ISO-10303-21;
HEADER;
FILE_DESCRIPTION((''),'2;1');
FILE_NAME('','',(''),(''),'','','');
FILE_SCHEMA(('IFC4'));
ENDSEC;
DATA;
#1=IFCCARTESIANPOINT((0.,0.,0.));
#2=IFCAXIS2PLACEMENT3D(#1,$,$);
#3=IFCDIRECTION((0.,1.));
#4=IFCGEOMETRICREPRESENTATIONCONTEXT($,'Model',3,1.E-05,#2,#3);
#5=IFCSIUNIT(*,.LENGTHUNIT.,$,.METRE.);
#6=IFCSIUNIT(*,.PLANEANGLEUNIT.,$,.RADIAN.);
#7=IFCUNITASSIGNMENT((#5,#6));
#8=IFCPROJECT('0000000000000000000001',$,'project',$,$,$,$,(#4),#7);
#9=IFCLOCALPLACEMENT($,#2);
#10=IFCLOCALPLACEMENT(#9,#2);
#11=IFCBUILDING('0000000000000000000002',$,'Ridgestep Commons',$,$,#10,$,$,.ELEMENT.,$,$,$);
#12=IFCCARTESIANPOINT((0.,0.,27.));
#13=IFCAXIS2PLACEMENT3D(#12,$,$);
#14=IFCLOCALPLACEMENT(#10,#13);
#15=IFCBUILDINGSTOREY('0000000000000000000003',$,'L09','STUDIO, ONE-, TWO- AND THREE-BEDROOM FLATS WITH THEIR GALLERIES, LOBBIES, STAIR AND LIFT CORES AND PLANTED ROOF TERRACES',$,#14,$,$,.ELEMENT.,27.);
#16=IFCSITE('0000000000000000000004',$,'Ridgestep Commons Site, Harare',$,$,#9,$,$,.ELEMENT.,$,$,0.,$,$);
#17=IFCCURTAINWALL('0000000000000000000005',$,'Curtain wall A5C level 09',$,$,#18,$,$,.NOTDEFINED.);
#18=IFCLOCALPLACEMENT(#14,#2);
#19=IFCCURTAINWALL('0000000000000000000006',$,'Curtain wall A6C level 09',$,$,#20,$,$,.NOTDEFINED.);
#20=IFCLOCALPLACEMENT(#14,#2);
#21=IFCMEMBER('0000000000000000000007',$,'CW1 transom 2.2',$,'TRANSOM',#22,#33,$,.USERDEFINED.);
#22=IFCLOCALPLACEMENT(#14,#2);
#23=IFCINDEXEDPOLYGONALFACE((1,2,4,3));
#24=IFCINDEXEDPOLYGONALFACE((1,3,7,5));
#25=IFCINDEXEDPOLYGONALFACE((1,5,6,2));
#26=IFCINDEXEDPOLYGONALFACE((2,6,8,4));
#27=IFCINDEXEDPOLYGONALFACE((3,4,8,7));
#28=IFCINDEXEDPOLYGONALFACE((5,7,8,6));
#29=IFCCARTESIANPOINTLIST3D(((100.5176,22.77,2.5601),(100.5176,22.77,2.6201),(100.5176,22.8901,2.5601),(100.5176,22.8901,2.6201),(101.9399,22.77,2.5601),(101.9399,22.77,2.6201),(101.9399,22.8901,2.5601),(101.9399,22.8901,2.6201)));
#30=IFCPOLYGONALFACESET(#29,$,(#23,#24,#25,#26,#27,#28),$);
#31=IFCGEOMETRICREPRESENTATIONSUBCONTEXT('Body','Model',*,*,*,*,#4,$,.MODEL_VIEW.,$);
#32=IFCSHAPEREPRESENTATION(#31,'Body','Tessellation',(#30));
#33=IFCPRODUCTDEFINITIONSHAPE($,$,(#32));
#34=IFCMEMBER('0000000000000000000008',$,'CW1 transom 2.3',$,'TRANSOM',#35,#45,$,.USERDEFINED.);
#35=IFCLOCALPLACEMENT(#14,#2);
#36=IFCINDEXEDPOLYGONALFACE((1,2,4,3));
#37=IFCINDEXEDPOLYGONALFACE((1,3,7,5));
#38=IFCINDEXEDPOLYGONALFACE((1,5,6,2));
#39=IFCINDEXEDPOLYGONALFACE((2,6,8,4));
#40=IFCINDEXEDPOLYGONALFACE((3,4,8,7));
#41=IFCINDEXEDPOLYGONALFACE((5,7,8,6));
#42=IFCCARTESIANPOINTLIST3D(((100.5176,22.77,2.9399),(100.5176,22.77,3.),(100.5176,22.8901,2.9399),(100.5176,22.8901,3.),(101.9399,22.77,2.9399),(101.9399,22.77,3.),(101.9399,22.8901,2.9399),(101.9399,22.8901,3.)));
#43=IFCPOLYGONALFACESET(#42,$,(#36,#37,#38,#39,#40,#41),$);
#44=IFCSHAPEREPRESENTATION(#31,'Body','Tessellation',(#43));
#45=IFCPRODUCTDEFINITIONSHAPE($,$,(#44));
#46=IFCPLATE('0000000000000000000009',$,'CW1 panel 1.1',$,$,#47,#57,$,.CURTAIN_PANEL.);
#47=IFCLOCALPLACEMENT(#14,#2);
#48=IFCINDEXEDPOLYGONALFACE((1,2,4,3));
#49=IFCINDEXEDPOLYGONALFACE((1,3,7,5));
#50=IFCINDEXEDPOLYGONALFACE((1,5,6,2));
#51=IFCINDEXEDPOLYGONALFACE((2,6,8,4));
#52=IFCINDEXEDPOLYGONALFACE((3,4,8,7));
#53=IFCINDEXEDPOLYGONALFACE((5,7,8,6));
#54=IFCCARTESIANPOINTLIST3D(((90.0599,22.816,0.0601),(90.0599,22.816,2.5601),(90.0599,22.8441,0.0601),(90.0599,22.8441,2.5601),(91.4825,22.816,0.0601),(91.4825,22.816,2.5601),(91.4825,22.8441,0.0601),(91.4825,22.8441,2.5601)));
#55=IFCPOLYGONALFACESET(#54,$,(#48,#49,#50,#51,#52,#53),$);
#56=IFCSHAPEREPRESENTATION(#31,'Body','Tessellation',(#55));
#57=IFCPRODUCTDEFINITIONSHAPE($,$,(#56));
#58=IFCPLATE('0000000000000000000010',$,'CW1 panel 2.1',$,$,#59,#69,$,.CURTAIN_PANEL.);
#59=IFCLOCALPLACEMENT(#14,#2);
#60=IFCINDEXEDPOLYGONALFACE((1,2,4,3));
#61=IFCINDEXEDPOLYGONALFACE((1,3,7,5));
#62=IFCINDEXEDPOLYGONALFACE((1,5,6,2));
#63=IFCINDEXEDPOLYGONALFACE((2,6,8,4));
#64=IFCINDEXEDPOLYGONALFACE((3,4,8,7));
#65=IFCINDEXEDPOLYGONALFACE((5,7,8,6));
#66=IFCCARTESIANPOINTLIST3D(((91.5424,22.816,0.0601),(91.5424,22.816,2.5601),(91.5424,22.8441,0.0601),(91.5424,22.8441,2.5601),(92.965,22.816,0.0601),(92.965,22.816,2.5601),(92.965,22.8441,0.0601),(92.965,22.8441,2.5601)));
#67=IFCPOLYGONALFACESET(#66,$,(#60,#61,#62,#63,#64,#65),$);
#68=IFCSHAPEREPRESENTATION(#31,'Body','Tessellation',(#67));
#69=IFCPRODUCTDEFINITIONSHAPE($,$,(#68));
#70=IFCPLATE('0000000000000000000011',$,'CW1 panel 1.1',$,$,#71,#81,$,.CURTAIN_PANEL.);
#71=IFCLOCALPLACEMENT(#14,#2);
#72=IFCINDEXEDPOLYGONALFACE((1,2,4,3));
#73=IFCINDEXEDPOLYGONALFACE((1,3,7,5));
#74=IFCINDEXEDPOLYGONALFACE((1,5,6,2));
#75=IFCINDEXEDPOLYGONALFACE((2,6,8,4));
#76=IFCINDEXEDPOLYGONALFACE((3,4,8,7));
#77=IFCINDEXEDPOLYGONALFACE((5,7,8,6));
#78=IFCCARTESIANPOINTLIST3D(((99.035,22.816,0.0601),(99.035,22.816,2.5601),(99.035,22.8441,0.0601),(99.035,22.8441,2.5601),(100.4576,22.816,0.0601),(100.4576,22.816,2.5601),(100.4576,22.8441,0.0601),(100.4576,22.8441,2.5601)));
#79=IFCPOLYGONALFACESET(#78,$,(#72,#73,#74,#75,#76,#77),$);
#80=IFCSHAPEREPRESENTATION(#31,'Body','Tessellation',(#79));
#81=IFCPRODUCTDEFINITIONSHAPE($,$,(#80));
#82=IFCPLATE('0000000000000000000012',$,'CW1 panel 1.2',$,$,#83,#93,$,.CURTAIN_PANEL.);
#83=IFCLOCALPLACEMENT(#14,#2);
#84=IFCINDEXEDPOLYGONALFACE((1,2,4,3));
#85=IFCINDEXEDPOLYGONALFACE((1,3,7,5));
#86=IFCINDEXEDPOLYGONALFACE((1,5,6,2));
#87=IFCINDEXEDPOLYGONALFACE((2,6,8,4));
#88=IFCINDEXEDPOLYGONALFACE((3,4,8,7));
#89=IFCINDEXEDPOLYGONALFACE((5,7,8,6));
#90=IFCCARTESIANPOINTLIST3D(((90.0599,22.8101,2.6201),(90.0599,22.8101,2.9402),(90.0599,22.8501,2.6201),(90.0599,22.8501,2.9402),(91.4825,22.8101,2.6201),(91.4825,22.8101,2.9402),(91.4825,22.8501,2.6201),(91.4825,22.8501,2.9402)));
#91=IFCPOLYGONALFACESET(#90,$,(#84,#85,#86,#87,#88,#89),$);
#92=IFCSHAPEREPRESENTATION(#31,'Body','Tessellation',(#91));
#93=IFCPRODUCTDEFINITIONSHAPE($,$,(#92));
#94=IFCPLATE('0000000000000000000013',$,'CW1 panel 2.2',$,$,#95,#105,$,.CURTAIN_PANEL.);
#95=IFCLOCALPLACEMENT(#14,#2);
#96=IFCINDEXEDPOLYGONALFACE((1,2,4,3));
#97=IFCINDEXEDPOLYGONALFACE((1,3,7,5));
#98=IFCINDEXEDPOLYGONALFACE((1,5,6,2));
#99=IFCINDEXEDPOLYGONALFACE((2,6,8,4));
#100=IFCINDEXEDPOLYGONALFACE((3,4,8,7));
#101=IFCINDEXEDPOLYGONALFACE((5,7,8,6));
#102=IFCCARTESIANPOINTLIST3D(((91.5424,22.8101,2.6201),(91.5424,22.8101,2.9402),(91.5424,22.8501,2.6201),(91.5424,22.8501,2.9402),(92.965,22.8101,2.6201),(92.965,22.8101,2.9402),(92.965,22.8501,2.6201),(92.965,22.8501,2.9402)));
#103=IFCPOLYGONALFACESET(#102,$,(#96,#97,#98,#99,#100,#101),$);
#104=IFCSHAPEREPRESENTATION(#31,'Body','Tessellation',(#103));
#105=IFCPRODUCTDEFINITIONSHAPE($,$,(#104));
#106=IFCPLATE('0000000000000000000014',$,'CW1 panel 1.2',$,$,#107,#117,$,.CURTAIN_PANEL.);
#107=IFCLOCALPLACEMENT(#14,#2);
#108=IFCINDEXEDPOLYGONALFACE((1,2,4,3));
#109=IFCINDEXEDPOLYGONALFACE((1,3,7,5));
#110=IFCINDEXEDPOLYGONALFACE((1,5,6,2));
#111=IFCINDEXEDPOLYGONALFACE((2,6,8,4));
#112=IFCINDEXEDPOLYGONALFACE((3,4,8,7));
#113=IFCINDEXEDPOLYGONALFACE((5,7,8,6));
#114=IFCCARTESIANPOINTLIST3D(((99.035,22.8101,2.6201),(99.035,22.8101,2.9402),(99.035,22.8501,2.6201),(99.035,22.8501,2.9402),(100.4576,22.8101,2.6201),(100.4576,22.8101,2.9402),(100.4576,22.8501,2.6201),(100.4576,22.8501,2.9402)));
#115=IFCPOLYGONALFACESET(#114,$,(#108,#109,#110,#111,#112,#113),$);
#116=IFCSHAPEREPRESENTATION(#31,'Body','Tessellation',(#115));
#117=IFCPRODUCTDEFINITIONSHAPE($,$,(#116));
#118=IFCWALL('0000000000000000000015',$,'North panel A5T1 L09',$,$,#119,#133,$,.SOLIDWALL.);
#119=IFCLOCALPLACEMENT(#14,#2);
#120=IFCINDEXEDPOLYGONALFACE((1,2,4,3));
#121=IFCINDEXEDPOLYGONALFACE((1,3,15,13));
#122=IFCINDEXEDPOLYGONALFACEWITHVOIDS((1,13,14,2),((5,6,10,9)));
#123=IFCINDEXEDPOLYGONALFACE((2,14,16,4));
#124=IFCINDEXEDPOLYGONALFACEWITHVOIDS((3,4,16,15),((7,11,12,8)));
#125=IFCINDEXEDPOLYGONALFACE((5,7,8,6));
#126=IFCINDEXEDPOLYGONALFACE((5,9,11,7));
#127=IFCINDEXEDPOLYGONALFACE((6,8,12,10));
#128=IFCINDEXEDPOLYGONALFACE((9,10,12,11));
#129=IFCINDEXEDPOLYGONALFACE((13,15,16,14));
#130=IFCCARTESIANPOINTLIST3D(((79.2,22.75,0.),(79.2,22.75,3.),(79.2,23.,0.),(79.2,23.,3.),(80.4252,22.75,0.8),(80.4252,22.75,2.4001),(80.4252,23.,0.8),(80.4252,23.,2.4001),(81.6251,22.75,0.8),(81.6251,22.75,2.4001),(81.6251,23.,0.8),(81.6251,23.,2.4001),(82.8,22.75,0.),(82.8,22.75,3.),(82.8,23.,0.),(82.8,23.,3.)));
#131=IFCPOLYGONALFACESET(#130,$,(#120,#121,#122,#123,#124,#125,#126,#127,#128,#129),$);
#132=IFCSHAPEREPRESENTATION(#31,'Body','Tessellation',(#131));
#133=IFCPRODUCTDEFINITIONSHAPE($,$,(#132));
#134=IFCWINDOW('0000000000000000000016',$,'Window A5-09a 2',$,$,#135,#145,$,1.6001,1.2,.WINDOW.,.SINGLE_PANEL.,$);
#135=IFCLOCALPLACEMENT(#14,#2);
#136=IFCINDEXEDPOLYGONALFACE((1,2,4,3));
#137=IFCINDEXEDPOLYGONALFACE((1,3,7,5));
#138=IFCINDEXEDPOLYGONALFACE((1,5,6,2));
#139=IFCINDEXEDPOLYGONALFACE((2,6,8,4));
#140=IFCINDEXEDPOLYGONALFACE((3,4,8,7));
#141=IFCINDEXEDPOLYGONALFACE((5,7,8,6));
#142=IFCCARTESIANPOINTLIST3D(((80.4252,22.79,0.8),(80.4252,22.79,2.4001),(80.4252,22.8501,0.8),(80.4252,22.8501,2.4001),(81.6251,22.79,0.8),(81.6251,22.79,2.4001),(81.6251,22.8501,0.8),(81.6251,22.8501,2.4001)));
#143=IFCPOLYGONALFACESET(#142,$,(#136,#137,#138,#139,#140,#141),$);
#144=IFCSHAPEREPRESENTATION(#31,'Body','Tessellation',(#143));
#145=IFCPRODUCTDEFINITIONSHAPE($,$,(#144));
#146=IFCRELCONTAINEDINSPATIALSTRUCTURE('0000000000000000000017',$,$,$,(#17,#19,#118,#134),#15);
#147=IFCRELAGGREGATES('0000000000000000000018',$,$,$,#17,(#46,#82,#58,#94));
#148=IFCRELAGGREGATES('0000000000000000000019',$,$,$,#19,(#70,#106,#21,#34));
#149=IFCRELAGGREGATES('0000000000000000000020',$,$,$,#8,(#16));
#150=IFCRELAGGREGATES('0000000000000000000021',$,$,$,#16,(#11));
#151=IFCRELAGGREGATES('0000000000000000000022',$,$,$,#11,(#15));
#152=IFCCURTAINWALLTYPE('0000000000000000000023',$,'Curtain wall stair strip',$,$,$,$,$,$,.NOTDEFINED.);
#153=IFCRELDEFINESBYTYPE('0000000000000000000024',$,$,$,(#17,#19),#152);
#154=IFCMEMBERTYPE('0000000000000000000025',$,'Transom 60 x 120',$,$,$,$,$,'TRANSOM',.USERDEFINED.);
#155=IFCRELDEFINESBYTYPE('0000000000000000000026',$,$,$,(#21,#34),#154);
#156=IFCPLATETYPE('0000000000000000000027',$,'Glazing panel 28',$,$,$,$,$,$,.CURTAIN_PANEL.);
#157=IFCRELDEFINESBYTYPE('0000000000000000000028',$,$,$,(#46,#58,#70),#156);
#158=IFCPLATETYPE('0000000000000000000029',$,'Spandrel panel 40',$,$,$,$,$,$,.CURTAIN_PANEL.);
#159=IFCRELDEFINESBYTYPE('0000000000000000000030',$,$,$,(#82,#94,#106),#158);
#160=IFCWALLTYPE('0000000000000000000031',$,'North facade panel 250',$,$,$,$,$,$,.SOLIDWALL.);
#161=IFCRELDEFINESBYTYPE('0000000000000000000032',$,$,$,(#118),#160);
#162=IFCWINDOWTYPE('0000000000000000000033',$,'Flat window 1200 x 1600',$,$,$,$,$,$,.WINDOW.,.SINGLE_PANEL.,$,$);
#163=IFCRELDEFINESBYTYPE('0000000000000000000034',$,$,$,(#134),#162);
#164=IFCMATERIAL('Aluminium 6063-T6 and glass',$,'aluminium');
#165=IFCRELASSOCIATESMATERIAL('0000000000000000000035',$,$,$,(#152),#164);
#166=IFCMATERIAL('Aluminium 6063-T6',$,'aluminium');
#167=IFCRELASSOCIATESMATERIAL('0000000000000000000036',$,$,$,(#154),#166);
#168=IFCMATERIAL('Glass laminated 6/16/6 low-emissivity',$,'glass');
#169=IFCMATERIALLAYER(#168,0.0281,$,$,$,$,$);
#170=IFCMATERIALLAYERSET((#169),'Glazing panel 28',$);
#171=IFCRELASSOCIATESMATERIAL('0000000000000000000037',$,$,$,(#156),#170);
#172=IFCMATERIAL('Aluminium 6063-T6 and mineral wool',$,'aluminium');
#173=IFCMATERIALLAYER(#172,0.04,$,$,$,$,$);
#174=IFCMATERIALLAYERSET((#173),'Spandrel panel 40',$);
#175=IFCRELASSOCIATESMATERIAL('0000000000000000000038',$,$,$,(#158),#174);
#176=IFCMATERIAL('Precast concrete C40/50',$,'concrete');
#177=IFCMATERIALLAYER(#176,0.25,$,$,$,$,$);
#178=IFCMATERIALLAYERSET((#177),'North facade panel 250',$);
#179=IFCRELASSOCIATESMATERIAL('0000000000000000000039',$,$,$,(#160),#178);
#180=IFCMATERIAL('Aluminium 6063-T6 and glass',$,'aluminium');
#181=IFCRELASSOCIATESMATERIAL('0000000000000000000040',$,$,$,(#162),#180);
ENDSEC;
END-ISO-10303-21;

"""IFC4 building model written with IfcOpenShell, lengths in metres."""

from ifc_helpers import new_model, si_unit, direction, frame, frame_2d, origin, origin_2d, place, context, subcontext, project, spatial, rectangle, extrude, material, layer, layer_set, material_profile, profile_set, type_object, element, fill, aggregate, save


model = new_model("IFC4")

# Units and contexts
model_context = context("Model", 3, precision=1e-05, world=origin(), true_north=direction((0.0, 1.0)))
body_context = subcontext(model_context, "Body", "Model", "MODEL_VIEW")
ifc_project = project(units=[si_unit("LENGTHUNIT", "METRE"), si_unit("PLANEANGLEUNIT", "RADIAN")], contexts=[model_context])

# Site, building, storey
site_placement = place(None, origin())
site = spatial("IfcSite", under=ifc_project, at=site_placement, Name="Ridgestep Commons Site, Harare", CompositionType="ELEMENT", RefElevation=0.0)
building_placement = place(site_placement, origin())
building = spatial("IfcBuilding", under=site, at=building_placement, Name="Ridgestep Commons", CompositionType="ELEMENT")
storey_placement = place(building_placement, frame((0.0, 0.0, 27.0)))
storey = spatial("IfcBuildingStorey", under=building, at=storey_placement, Name="L09", Description="STUDIO, ONE-, TWO- AND THREE-BEDROOM FLATS WITH THEIR GALLERIES, LOBBIES, STAIR AND LIFT CORES AND PLANTED ROOF TERRACES", CompositionType="ELEMENT", Elevation=27.0)

# Curtain walls
ifc_material_1 = material(Name="Aluminium 6063-T6 and glass", Category="aluminium")
curtain_wall_type = type_object("IfcCurtainWallType", Name="Curtain wall stair strip", PredefinedType="NOTDEFINED", material=ifc_material_1)
curtain_wall_1_placement = place(storey_placement, origin())
curtain_wall_1 = element("IfcCurtainWall", 1, at=curtain_wall_1_placement, inside=storey, type_object=curtain_wall_type, Name="Curtain wall A5C level 09", PredefinedType="NOTDEFINED")
curtain_wall_2_placement = place(storey_placement, origin())
curtain_wall_2 = element("IfcCurtainWall", 2, at=curtain_wall_2_placement, inside=storey, type_object=curtain_wall_type, Name="Curtain wall A6C level 09", PredefinedType="NOTDEFINED")

# Members
ifc_material_2 = material(Name="Aluminium 6063-T6", Category="aluminium")
ifc_material_profile_1 = material_profile(ifc_material_2, rectangle(XDim=0.1201, YDim=0.0601, at=origin_2d()), Name="Transom 60 x 120")
ifc_profile_set_1 = profile_set([ifc_material_profile_1], Name="Aluminium 6063-T6")
member_type_1 = type_object("IfcMemberType", Name="Transom 60 x 120", ElementType="TRANSOM", PredefinedType="USERDEFINED", material=ifc_profile_set_1)
member_1_placement = place(storey_placement, frame((100.5176, 22.8301, 2.5901), z_axis=(1.0, 0.0, 0.0), x_axis=(0.0, 1.0, 0.0)))
member_1 = element("IfcMember", 3, at=member_1_placement, type_object=member_type_1, Name="CW1 transom 2.2", ObjectType="TRANSOM", PredefinedType="USERDEFINED", context=body_context, shape_type="SweptSolid", body=[
    extrude(rectangle(XDim=0.1201, YDim=0.0601, at=origin_2d()), origin(), (0.0, 0.0, 1.0), 1.4224),
])
member_2_placement = place(storey_placement, frame((100.5176, 22.8301, 2.97), z_axis=(1.0, 0.0, 0.0), x_axis=(0.0, 1.0, 0.0)))
member_2 = element("IfcMember", 4, at=member_2_placement, type_object=member_type_1, Name="CW1 transom 2.3", ObjectType="TRANSOM", PredefinedType="USERDEFINED", context=body_context, shape_type="SweptSolid", body=[
    extrude(rectangle(XDim=0.1201, YDim=0.0601, at=origin_2d()), origin(), (0.0, 0.0, 1.0), 1.4224),
])

# Plates
ifc_material_3 = material(Name="Glass laminated 6/16/6 low-emissivity", Category="glass")
ifc_layer_1 = layer(ifc_material_3, 0.0281)
ifc_layer_set_1 = layer_set([ifc_layer_1], Name="Glazing panel 28")
plate_type_1 = type_object("IfcPlateType", Name="Glazing panel 28", PredefinedType="CURTAIN_PANEL", material=ifc_layer_set_1)
plate_1_placement = place(storey_placement, frame((90.7712, 22.8301, 0.0601), z_axis=(0.0, 0.0, 1.0), x_axis=(1.0, 0.0, 0.0)))
plate_1 = element("IfcPlate", 5, at=plate_1_placement, type_object=plate_type_1, Name="CW1 panel 1.1", PredefinedType="CURTAIN_PANEL", context=body_context, shape_type="SweptSolid", body=[
    extrude(rectangle(XDim=1.4226, YDim=0.0281, at=origin_2d()), origin(), (0.0, 0.0, 1.0), 2.5),
])
plate_2_placement = place(storey_placement, frame((92.2537, 22.8301, 0.0601), z_axis=(0.0, 0.0, 1.0), x_axis=(1.0, 0.0, 0.0)))
plate_2 = element("IfcPlate", 6, at=plate_2_placement, type_object=plate_type_1, Name="CW1 panel 2.1", PredefinedType="CURTAIN_PANEL", context=body_context, shape_type="SweptSolid", body=[
    extrude(rectangle(XDim=1.4226, YDim=0.0281, at=origin_2d()), origin(), (0.0, 0.0, 1.0), 2.5),
])
plate_3_placement = place(storey_placement, frame((99.7463, 22.8301, 0.0601), z_axis=(0.0, 0.0, 1.0), x_axis=(1.0, 0.0, 0.0)))
plate_3 = element("IfcPlate", 7, at=plate_3_placement, type_object=plate_type_1, Name="CW1 panel 1.1", PredefinedType="CURTAIN_PANEL", context=body_context, shape_type="SweptSolid", body=[
    extrude(rectangle(XDim=1.4226, YDim=0.0281, at=origin_2d()), origin(), (0.0, 0.0, 1.0), 2.5),
])
ifc_material_4 = material(Name="Aluminium 6063-T6 and mineral wool", Category="aluminium")
ifc_layer_2 = layer(ifc_material_4, 0.04)
ifc_layer_set_2 = layer_set([ifc_layer_2], Name="Spandrel panel 40")
plate_type_2 = type_object("IfcPlateType", Name="Spandrel panel 40", PredefinedType="CURTAIN_PANEL", material=ifc_layer_set_2)
plate_4_placement = place(storey_placement, frame((90.7712, 22.8301, 2.6201), z_axis=(0.0, 0.0, 1.0), x_axis=(1.0, 0.0, 0.0)))
plate_4 = element("IfcPlate", 8, at=plate_4_placement, type_object=plate_type_2, Name="CW1 panel 1.2", PredefinedType="CURTAIN_PANEL", context=body_context, shape_type="SweptSolid", body=[
    extrude(rectangle(XDim=1.4226, YDim=0.04, at=origin_2d()), origin(), (0.0, 0.0, 1.0), 0.3201),
])
plate_5_placement = place(storey_placement, frame((92.2537, 22.8301, 2.6201), z_axis=(0.0, 0.0, 1.0), x_axis=(1.0, 0.0, 0.0)))
plate_5 = element("IfcPlate", 9, at=plate_5_placement, type_object=plate_type_2, Name="CW1 panel 2.2", PredefinedType="CURTAIN_PANEL", context=body_context, shape_type="SweptSolid", body=[
    extrude(rectangle(XDim=1.4226, YDim=0.04, at=origin_2d()), origin(), (0.0, 0.0, 1.0), 0.3201),
])
aggregate(curtain_wall_1, [plate_1, plate_4, plate_2, plate_5])
plate_6_placement = place(storey_placement, frame((99.7463, 22.8301, 2.6201), z_axis=(0.0, 0.0, 1.0), x_axis=(1.0, 0.0, 0.0)))
plate_6 = element("IfcPlate", 10, at=plate_6_placement, type_object=plate_type_2, Name="CW1 panel 1.2", PredefinedType="CURTAIN_PANEL", context=body_context, shape_type="SweptSolid", body=[
    extrude(rectangle(XDim=1.4226, YDim=0.04, at=origin_2d()), origin(), (0.0, 0.0, 1.0), 0.3201),
])
aggregate(curtain_wall_2, [plate_3, plate_6, member_1, member_2])

# Wall, opening, window
ifc_material_5 = material(Name="Precast concrete C40/50", Category="concrete")
ifc_layer_3 = layer(ifc_material_5, 0.25)
ifc_layer_set_3 = layer_set([ifc_layer_3], Name="North facade panel 250")
wall_type = type_object("IfcWallType", Name="North facade panel 250", PredefinedType="SOLIDWALL", material=ifc_layer_set_3)
wall_placement = place(storey_placement, frame((79.2, 22.875, 0.0), z_axis=(0.0, 0.0, 1.0), x_axis=(1.0, 0.0, 0.0)))
wall = element("IfcWall", 11, at=wall_placement, inside=storey, type_object=wall_type, Name="North panel A5T1 L09", PredefinedType="SOLIDWALL", context=body_context, shape_type="SweptSolid", body=[
    extrude(rectangle(XDim=3.6001, YDim=0.25, at=frame_2d((1.8, 0.0))), origin(), (0.0, 0.0, 1.0), 3.0),
])
opening_placement = place(wall_placement, frame((1.2251, 0.0, 0.8)))
opening = element("IfcOpeningElement", 12, at=opening_placement, cuts=wall, PredefinedType="OPENING", context=body_context, shape_type="SweptSolid", body=[
    extrude(rectangle(XDim=1.2, YDim=1.6001, at=frame_2d((0.6001, 0.8))), frame((0.0, 0.135, 0.0), z_axis=(0.0, -1.0, 0.0), x_axis=(1.0, 0.0, 0.0)), (0.0, 0.0, 1.0), 0.27),
])
ifc_material_6 = material(Name="Aluminium 6063-T6 and glass", Category="aluminium")
window_type = type_object("IfcWindowType", Name="Flat window 1200 x 1600", PartitioningType="SINGLE_PANEL", PredefinedType="WINDOW", material=ifc_material_6)
window_placement = place(opening_placement, origin())
window = element("IfcWindow", 13, at=window_placement, inside=storey, type_object=window_type, Name="Window A5-09a 2", OverallHeight=1.6001, OverallWidth=1.2, PartitioningType="SINGLE_PANEL", PredefinedType="WINDOW", context=body_context, shape_type="SweptSolid", body=[
    extrude(rectangle(XDim=1.2, YDim=1.6001, at=frame_2d((0.6001, 0.8))), frame((0.0, -0.0249, 0.0), z_axis=(0.0, -1.0, 0.0), x_axis=(1.0, 0.0, 0.0)), (0.0, 0.0, 1.0), 0.0601),
])
fill(opening, window)

save(model, "model.ifc")
